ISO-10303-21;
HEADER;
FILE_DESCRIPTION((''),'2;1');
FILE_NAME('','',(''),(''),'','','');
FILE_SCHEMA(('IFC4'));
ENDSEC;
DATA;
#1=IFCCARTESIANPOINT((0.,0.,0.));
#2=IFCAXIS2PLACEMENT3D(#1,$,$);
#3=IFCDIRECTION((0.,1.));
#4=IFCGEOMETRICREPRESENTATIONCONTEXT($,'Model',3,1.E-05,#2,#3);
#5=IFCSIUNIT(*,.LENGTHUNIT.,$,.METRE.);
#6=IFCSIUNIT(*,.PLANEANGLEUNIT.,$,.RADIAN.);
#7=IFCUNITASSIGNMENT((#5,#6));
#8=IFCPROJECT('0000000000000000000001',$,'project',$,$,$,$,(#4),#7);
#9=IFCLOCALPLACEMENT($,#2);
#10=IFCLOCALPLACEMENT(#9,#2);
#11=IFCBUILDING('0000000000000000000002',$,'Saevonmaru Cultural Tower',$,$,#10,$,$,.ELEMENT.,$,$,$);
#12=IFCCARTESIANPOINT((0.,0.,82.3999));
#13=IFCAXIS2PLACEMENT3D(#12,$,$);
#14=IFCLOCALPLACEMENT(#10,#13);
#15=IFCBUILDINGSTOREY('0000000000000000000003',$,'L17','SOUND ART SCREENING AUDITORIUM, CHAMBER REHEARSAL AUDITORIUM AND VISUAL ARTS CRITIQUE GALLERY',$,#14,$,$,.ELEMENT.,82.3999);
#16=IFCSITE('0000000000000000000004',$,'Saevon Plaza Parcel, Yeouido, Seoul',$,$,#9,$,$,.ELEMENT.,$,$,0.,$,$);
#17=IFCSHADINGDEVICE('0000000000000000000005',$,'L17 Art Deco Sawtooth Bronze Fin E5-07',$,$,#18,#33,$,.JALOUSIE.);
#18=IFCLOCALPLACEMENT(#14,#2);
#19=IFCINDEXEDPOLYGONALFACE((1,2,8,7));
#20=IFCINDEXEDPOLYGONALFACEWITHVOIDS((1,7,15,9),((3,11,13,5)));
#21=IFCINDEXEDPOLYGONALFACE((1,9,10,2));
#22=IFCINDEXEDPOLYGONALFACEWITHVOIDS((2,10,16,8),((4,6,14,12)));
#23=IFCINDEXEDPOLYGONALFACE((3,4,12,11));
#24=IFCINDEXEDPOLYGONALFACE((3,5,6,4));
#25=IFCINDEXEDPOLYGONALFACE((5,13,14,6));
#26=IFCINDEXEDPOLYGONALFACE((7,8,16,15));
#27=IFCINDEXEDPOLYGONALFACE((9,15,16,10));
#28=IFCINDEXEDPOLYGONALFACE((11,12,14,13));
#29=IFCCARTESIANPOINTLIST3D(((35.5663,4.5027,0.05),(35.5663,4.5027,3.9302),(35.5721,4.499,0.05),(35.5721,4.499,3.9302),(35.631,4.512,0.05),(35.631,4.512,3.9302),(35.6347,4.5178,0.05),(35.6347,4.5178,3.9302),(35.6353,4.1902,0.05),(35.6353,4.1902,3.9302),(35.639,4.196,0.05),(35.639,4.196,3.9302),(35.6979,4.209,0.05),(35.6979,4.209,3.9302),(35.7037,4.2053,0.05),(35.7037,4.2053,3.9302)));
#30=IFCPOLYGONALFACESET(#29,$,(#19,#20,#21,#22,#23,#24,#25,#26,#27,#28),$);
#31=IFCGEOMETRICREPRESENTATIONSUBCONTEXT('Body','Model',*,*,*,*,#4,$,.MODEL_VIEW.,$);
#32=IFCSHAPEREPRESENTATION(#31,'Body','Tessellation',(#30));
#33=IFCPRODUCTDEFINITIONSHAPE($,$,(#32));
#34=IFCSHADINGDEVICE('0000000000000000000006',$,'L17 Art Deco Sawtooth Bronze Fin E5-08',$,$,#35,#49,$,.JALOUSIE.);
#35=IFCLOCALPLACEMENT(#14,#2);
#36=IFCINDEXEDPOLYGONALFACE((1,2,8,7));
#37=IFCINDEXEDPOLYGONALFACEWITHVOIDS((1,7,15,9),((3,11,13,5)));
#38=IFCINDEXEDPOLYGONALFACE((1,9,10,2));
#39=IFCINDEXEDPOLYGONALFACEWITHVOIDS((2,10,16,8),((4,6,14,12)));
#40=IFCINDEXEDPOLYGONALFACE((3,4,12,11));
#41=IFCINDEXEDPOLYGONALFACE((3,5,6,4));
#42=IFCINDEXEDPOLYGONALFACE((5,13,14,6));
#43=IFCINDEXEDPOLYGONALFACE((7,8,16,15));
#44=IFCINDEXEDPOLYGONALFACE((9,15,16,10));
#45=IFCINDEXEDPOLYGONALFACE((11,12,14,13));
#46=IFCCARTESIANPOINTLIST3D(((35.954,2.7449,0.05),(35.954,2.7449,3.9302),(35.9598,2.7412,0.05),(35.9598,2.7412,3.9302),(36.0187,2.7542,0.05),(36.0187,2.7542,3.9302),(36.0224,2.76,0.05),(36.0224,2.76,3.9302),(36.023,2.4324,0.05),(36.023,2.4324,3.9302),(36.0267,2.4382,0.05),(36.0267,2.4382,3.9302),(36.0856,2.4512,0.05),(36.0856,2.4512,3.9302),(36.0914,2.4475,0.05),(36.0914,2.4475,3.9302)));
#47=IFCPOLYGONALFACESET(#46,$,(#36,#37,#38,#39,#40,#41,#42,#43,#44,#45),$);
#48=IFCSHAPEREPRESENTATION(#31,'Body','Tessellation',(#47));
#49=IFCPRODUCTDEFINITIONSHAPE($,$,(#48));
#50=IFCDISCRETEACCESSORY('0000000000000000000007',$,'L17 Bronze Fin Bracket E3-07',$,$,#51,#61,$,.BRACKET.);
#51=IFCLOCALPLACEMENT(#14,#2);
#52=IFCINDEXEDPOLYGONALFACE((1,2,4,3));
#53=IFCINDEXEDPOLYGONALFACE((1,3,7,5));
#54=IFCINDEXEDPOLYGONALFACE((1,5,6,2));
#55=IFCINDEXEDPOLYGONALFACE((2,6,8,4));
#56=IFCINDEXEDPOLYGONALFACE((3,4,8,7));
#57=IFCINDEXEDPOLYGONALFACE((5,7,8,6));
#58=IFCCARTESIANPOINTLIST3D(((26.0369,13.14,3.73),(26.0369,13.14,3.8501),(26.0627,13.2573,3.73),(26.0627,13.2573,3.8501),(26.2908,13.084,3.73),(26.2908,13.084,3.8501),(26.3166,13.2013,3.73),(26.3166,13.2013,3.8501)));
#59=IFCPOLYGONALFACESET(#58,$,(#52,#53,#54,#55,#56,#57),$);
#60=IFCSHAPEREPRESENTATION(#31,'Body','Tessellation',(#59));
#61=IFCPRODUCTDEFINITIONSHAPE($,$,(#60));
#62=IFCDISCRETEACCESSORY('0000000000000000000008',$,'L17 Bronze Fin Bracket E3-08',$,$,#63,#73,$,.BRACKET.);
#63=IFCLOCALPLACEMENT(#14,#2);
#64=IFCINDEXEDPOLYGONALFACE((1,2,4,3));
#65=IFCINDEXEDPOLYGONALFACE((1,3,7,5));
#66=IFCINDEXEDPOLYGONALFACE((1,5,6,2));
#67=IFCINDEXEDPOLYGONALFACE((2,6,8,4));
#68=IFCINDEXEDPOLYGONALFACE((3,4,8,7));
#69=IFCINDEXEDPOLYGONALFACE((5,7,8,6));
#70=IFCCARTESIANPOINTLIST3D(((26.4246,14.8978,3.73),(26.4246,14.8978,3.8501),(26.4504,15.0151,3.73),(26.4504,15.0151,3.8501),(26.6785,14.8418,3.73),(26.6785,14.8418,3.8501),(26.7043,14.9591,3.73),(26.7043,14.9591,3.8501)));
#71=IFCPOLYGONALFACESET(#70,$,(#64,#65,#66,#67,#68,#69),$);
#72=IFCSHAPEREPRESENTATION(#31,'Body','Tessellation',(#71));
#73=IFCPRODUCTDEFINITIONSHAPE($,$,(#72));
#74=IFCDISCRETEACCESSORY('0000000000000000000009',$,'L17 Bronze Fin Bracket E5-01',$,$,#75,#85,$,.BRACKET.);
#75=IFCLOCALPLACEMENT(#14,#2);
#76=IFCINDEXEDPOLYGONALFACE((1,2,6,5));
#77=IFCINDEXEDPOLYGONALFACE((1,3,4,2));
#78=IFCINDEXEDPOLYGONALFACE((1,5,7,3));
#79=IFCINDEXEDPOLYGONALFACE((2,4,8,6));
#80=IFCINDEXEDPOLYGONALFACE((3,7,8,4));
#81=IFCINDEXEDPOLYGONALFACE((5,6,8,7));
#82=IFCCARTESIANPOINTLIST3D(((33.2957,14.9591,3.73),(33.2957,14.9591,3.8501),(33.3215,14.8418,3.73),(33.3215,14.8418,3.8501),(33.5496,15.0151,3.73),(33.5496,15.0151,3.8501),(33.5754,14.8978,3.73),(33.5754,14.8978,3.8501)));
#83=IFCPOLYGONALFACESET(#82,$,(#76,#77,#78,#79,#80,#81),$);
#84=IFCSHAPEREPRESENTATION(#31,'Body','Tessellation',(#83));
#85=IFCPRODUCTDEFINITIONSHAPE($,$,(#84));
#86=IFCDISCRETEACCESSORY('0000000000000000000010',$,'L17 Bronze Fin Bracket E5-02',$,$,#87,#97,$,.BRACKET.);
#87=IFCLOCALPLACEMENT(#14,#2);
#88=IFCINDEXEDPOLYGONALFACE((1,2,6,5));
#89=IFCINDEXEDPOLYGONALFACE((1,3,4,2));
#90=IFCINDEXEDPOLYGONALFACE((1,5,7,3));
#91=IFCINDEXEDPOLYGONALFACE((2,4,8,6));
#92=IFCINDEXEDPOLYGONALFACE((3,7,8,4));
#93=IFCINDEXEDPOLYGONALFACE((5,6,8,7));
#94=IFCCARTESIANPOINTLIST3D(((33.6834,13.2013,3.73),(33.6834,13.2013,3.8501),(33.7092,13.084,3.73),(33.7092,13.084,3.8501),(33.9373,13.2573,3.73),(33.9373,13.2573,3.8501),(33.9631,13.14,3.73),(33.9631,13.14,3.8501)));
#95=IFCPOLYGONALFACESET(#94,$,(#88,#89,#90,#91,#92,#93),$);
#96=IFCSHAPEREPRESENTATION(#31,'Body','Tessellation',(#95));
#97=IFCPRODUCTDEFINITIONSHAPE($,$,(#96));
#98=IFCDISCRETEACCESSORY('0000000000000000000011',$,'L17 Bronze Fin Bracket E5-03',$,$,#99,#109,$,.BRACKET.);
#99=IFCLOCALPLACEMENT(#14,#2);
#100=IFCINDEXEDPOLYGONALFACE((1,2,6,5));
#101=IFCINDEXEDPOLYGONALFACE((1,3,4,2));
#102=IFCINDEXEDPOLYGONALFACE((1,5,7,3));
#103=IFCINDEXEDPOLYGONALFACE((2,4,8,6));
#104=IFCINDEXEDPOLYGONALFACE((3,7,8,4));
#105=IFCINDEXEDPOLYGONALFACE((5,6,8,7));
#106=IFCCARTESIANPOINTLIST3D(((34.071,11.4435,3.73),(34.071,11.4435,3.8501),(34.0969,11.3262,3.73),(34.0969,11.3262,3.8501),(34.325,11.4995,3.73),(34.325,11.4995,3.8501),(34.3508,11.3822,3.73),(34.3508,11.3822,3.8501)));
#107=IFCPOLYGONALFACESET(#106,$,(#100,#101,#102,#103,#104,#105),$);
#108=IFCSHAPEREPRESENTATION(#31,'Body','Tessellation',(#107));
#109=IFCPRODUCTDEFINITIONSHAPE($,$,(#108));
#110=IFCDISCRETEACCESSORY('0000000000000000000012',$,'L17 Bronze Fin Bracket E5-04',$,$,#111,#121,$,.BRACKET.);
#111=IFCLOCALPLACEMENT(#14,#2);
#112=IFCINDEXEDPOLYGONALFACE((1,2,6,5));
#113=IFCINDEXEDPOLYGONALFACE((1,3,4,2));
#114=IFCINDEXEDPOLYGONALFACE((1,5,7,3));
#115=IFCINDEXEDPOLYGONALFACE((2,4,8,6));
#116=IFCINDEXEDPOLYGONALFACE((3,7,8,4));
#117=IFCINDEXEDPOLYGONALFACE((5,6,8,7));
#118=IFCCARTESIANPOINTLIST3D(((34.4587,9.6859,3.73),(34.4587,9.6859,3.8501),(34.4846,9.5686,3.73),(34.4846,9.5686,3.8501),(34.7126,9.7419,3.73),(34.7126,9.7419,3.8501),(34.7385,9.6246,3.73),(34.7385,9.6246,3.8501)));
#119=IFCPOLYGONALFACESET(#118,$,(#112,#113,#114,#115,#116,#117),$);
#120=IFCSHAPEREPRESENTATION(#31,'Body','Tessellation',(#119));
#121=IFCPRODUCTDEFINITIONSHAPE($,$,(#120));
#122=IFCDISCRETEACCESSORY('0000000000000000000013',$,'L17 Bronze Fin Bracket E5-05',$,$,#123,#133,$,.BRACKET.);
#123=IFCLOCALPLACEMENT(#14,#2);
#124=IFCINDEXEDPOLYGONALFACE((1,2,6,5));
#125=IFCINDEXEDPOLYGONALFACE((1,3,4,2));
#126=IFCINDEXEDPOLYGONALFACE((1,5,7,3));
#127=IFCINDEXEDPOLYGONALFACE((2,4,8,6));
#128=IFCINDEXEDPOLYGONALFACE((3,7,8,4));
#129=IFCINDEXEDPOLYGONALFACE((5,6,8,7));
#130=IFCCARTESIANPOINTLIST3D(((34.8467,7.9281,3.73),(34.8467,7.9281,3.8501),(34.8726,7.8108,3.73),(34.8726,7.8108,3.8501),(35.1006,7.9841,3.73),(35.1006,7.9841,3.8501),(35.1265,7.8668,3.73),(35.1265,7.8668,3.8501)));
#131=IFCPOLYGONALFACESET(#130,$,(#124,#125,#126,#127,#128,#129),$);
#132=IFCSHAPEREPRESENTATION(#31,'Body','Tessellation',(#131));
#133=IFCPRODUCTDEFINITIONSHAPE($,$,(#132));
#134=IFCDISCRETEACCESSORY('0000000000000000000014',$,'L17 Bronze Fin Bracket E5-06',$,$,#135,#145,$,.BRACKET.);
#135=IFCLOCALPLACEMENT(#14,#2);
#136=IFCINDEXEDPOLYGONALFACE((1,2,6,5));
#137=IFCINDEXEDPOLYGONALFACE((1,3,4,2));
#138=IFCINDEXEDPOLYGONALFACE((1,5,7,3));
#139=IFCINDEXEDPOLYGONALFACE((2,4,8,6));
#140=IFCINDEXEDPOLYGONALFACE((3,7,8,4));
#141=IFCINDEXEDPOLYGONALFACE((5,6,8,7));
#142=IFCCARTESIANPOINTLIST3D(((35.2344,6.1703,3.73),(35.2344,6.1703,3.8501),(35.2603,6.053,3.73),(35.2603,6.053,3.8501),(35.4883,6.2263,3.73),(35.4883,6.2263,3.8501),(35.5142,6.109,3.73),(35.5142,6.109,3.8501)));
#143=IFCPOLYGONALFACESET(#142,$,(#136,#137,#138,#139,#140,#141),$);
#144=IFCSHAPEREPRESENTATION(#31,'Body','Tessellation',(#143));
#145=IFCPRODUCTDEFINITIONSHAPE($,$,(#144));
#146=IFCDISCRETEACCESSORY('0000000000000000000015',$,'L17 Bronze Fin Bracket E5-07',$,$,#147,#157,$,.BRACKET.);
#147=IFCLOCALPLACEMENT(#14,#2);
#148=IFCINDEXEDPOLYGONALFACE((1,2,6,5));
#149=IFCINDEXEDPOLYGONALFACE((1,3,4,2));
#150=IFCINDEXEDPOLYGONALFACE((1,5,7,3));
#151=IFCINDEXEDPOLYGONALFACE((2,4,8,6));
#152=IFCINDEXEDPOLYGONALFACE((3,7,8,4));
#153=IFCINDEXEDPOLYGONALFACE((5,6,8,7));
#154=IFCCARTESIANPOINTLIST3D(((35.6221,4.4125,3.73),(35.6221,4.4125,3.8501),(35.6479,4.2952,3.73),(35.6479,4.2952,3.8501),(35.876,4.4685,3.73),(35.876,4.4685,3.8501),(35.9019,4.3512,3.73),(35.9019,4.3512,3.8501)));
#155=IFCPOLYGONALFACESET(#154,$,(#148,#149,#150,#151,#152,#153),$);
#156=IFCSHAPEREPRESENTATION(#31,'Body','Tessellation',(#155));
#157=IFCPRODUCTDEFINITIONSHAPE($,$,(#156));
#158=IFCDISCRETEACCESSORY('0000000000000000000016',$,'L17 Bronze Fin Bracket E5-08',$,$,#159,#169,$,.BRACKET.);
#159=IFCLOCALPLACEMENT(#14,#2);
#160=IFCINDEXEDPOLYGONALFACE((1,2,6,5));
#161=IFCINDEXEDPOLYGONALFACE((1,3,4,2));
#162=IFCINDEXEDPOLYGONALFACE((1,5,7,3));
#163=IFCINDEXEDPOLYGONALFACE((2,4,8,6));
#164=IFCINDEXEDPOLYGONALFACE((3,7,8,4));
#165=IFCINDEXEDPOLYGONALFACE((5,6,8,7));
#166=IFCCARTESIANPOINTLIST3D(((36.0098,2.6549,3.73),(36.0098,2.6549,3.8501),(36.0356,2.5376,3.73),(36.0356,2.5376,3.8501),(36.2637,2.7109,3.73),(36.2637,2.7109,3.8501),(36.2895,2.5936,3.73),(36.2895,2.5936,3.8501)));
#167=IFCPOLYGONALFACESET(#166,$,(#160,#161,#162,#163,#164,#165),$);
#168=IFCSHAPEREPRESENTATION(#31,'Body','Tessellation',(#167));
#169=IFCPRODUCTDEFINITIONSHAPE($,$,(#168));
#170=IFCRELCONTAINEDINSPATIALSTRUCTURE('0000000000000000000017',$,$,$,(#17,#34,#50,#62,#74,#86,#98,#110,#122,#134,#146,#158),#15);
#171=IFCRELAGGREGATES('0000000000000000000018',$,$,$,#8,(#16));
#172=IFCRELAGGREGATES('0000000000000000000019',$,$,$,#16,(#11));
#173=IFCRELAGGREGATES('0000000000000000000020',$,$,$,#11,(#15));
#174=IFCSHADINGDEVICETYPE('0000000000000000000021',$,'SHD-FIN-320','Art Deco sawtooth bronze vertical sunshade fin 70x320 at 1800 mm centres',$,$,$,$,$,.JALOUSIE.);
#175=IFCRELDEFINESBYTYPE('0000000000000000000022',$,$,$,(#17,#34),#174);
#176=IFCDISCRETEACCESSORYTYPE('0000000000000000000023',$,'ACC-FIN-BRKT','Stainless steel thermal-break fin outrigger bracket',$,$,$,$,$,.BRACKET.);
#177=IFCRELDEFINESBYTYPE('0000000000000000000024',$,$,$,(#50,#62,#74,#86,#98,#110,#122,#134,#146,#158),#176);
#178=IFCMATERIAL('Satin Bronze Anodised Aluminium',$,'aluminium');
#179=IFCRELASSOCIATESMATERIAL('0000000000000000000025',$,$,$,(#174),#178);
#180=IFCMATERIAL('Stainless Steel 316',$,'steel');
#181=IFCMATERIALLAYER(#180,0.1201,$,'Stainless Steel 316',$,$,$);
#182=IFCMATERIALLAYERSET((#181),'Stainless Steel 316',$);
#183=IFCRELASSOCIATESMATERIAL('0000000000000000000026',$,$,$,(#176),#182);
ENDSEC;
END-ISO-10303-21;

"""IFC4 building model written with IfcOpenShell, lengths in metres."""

from ifc_helpers import new_model, si_unit, direction, frame, origin, origin_2d, place, context, subcontext, project, spatial, rectangle, hollow_rectangle, extrude, material, layer, layer_set, material_profile, profile_set, type_object, element, save


model = new_model("IFC4")

# Units and contexts
model_context = context("Model", 3, precision=1e-05, world=origin(), true_north=direction((0.0, 1.0)))
body_context = subcontext(model_context, "Body", "Model", "MODEL_VIEW")
ifc_project = project(units=[si_unit("LENGTHUNIT", "METRE"), si_unit("PLANEANGLEUNIT", "RADIAN")], contexts=[model_context])

# Site, building, storey
site_placement = place(None, origin())
site = spatial("IfcSite", under=ifc_project, at=site_placement, Name="Saevon Plaza Parcel, Yeouido, Seoul", CompositionType="ELEMENT", RefElevation=0.0)
building_placement = place(site_placement, origin())
building = spatial("IfcBuilding", under=site, at=building_placement, Name="Saevonmaru Cultural Tower", CompositionType="ELEMENT")
storey_placement = place(building_placement, frame((0.0, 0.0, 82.3999)))
storey = spatial("IfcBuildingStorey", under=building, at=storey_placement, Name="L17", Description="SOUND ART SCREENING AUDITORIUM, CHAMBER REHEARSAL AUDITORIUM AND VISUAL ARTS CRITIQUE GALLERY", CompositionType="ELEMENT", Elevation=82.3999)

# Shared definitions
ifc_material_1 = material(Name="Satin Bronze Anodised Aluminium", Category="aluminium")

# Shading devices
ifc_material_profile_1 = material_profile(ifc_material_1, hollow_rectangle(XDim=0.0701, YDim=0.3201, WallThickness=0.0049, at=origin_2d()), Name="FIN-320x70")
ifc_profile_set_1 = profile_set([ifc_material_profile_1], Name="Satin Bronze Anodised Aluminium")
shading_device_type = type_object("IfcShadingDeviceType", Name="SHD-FIN-320", Description="Art Deco sawtooth bronze vertical sunshade fin 70x320 at 1800 mm centres", PredefinedType="JALOUSIE", material=ifc_profile_set_1)
for number, where, z_axis, x_axis, name in (
    (1, (35.635, 4.354, 0.05), (0.0, 0.0, 1.0), (-0.976522, -0.215417, 0.0), "L17 Art Deco Sawtooth Bronze Fin E5-07"),
    (2, (36.0227, 2.5962, 0.05), (0.0, 0.0, 1.0), (-0.976522, -0.215417, 0.0), "L17 Art Deco Sawtooth Bronze Fin E5-08"),
):
    element("IfcShadingDevice", number, at=place(storey_placement, frame(where, z_axis=z_axis, x_axis=x_axis)), inside=storey, type_object=shading_device_type, Name=name, PredefinedType="JALOUSIE", context=body_context, shape_type="SweptSolid", body=[
        extrude(hollow_rectangle(XDim=0.0701, YDim=0.3201, WallThickness=0.0049, at=origin_2d()), origin(), (0.0, 0.0, 1.0), 3.8801),
    ])

# Discrete accessories
ifc_material_2 = material(Name="Stainless Steel 316", Category="steel")
ifc_layer_1 = layer(ifc_material_2, 0.1201, Name="Stainless Steel 316")
ifc_layer_set_1 = layer_set([ifc_layer_1], Name="Stainless Steel 316")
discrete_accessory_type = type_object("IfcDiscreteAccessoryType", Name="ACC-FIN-BRKT", Description="Stainless steel thermal-break fin outrigger bracket", PredefinedType="BRACKET", material=ifc_layer_set_1)
for number, where, z_axis, x_axis, name in (
    (3, (26.1768, 13.1707, 3.73), (0.0, 0.0, 1.0), (0.976522, -0.215417, 0.0), "L17 Bronze Fin Bracket E3-07"),
    (4, (26.5645, 14.9285, 3.73), (0.0, 0.0, 1.0), (0.976522, -0.215417, 0.0), "L17 Bronze Fin Bracket E3-08"),
    (5, (33.4355, 14.9285, 3.73), (0.0, 0.0, 1.0), (-0.976522, -0.215417, 0.0), "L17 Bronze Fin Bracket E5-01"),
    (6, (33.8232, 13.1707, 3.73), (0.0, 0.0, 1.0), (-0.976522, -0.215417, 0.0), "L17 Bronze Fin Bracket E5-02"),
    (7, (34.2109, 11.4128, 3.73), (0.0, 0.0, 1.0), (-0.976522, -0.215417, 0.0), "L17 Bronze Fin Bracket E5-03"),
    (8, (34.5986, 9.6553, 3.73), (0.0, 0.0, 1.0), (-0.976522, -0.215417, 0.0), "L17 Bronze Fin Bracket E5-04"),
    (9, (34.9866, 7.8975, 3.73), (0.0, 0.0, 1.0), (-0.976522, -0.215417, 0.0), "L17 Bronze Fin Bracket E5-05"),
    (10, (35.3743, 6.1396, 3.73), (0.0, 0.0, 1.0), (-0.976522, -0.215417, 0.0), "L17 Bronze Fin Bracket E5-06"),
    (11, (35.762, 4.3818, 3.73), (0.0, 0.0, 1.0), (-0.976522, -0.215417, 0.0), "L17 Bronze Fin Bracket E5-07"),
    (12, (36.1497, 2.6243, 3.73), (0.0, 0.0, 1.0), (-0.976522, -0.215417, 0.0), "L17 Bronze Fin Bracket E5-08"),
):
    element("IfcDiscreteAccessory", number, at=place(storey_placement, frame(where, z_axis=z_axis, x_axis=x_axis)), inside=storey, type_object=discrete_accessory_type, Name=name, PredefinedType="BRACKET", context=body_context, shape_type="SweptSolid", body=[
        extrude(rectangle(XDim=0.26, YDim=0.1201, at=origin_2d()), origin(), (0.0, 0.0, 1.0), 0.1201),
    ])

save(model, "model.ifc")
